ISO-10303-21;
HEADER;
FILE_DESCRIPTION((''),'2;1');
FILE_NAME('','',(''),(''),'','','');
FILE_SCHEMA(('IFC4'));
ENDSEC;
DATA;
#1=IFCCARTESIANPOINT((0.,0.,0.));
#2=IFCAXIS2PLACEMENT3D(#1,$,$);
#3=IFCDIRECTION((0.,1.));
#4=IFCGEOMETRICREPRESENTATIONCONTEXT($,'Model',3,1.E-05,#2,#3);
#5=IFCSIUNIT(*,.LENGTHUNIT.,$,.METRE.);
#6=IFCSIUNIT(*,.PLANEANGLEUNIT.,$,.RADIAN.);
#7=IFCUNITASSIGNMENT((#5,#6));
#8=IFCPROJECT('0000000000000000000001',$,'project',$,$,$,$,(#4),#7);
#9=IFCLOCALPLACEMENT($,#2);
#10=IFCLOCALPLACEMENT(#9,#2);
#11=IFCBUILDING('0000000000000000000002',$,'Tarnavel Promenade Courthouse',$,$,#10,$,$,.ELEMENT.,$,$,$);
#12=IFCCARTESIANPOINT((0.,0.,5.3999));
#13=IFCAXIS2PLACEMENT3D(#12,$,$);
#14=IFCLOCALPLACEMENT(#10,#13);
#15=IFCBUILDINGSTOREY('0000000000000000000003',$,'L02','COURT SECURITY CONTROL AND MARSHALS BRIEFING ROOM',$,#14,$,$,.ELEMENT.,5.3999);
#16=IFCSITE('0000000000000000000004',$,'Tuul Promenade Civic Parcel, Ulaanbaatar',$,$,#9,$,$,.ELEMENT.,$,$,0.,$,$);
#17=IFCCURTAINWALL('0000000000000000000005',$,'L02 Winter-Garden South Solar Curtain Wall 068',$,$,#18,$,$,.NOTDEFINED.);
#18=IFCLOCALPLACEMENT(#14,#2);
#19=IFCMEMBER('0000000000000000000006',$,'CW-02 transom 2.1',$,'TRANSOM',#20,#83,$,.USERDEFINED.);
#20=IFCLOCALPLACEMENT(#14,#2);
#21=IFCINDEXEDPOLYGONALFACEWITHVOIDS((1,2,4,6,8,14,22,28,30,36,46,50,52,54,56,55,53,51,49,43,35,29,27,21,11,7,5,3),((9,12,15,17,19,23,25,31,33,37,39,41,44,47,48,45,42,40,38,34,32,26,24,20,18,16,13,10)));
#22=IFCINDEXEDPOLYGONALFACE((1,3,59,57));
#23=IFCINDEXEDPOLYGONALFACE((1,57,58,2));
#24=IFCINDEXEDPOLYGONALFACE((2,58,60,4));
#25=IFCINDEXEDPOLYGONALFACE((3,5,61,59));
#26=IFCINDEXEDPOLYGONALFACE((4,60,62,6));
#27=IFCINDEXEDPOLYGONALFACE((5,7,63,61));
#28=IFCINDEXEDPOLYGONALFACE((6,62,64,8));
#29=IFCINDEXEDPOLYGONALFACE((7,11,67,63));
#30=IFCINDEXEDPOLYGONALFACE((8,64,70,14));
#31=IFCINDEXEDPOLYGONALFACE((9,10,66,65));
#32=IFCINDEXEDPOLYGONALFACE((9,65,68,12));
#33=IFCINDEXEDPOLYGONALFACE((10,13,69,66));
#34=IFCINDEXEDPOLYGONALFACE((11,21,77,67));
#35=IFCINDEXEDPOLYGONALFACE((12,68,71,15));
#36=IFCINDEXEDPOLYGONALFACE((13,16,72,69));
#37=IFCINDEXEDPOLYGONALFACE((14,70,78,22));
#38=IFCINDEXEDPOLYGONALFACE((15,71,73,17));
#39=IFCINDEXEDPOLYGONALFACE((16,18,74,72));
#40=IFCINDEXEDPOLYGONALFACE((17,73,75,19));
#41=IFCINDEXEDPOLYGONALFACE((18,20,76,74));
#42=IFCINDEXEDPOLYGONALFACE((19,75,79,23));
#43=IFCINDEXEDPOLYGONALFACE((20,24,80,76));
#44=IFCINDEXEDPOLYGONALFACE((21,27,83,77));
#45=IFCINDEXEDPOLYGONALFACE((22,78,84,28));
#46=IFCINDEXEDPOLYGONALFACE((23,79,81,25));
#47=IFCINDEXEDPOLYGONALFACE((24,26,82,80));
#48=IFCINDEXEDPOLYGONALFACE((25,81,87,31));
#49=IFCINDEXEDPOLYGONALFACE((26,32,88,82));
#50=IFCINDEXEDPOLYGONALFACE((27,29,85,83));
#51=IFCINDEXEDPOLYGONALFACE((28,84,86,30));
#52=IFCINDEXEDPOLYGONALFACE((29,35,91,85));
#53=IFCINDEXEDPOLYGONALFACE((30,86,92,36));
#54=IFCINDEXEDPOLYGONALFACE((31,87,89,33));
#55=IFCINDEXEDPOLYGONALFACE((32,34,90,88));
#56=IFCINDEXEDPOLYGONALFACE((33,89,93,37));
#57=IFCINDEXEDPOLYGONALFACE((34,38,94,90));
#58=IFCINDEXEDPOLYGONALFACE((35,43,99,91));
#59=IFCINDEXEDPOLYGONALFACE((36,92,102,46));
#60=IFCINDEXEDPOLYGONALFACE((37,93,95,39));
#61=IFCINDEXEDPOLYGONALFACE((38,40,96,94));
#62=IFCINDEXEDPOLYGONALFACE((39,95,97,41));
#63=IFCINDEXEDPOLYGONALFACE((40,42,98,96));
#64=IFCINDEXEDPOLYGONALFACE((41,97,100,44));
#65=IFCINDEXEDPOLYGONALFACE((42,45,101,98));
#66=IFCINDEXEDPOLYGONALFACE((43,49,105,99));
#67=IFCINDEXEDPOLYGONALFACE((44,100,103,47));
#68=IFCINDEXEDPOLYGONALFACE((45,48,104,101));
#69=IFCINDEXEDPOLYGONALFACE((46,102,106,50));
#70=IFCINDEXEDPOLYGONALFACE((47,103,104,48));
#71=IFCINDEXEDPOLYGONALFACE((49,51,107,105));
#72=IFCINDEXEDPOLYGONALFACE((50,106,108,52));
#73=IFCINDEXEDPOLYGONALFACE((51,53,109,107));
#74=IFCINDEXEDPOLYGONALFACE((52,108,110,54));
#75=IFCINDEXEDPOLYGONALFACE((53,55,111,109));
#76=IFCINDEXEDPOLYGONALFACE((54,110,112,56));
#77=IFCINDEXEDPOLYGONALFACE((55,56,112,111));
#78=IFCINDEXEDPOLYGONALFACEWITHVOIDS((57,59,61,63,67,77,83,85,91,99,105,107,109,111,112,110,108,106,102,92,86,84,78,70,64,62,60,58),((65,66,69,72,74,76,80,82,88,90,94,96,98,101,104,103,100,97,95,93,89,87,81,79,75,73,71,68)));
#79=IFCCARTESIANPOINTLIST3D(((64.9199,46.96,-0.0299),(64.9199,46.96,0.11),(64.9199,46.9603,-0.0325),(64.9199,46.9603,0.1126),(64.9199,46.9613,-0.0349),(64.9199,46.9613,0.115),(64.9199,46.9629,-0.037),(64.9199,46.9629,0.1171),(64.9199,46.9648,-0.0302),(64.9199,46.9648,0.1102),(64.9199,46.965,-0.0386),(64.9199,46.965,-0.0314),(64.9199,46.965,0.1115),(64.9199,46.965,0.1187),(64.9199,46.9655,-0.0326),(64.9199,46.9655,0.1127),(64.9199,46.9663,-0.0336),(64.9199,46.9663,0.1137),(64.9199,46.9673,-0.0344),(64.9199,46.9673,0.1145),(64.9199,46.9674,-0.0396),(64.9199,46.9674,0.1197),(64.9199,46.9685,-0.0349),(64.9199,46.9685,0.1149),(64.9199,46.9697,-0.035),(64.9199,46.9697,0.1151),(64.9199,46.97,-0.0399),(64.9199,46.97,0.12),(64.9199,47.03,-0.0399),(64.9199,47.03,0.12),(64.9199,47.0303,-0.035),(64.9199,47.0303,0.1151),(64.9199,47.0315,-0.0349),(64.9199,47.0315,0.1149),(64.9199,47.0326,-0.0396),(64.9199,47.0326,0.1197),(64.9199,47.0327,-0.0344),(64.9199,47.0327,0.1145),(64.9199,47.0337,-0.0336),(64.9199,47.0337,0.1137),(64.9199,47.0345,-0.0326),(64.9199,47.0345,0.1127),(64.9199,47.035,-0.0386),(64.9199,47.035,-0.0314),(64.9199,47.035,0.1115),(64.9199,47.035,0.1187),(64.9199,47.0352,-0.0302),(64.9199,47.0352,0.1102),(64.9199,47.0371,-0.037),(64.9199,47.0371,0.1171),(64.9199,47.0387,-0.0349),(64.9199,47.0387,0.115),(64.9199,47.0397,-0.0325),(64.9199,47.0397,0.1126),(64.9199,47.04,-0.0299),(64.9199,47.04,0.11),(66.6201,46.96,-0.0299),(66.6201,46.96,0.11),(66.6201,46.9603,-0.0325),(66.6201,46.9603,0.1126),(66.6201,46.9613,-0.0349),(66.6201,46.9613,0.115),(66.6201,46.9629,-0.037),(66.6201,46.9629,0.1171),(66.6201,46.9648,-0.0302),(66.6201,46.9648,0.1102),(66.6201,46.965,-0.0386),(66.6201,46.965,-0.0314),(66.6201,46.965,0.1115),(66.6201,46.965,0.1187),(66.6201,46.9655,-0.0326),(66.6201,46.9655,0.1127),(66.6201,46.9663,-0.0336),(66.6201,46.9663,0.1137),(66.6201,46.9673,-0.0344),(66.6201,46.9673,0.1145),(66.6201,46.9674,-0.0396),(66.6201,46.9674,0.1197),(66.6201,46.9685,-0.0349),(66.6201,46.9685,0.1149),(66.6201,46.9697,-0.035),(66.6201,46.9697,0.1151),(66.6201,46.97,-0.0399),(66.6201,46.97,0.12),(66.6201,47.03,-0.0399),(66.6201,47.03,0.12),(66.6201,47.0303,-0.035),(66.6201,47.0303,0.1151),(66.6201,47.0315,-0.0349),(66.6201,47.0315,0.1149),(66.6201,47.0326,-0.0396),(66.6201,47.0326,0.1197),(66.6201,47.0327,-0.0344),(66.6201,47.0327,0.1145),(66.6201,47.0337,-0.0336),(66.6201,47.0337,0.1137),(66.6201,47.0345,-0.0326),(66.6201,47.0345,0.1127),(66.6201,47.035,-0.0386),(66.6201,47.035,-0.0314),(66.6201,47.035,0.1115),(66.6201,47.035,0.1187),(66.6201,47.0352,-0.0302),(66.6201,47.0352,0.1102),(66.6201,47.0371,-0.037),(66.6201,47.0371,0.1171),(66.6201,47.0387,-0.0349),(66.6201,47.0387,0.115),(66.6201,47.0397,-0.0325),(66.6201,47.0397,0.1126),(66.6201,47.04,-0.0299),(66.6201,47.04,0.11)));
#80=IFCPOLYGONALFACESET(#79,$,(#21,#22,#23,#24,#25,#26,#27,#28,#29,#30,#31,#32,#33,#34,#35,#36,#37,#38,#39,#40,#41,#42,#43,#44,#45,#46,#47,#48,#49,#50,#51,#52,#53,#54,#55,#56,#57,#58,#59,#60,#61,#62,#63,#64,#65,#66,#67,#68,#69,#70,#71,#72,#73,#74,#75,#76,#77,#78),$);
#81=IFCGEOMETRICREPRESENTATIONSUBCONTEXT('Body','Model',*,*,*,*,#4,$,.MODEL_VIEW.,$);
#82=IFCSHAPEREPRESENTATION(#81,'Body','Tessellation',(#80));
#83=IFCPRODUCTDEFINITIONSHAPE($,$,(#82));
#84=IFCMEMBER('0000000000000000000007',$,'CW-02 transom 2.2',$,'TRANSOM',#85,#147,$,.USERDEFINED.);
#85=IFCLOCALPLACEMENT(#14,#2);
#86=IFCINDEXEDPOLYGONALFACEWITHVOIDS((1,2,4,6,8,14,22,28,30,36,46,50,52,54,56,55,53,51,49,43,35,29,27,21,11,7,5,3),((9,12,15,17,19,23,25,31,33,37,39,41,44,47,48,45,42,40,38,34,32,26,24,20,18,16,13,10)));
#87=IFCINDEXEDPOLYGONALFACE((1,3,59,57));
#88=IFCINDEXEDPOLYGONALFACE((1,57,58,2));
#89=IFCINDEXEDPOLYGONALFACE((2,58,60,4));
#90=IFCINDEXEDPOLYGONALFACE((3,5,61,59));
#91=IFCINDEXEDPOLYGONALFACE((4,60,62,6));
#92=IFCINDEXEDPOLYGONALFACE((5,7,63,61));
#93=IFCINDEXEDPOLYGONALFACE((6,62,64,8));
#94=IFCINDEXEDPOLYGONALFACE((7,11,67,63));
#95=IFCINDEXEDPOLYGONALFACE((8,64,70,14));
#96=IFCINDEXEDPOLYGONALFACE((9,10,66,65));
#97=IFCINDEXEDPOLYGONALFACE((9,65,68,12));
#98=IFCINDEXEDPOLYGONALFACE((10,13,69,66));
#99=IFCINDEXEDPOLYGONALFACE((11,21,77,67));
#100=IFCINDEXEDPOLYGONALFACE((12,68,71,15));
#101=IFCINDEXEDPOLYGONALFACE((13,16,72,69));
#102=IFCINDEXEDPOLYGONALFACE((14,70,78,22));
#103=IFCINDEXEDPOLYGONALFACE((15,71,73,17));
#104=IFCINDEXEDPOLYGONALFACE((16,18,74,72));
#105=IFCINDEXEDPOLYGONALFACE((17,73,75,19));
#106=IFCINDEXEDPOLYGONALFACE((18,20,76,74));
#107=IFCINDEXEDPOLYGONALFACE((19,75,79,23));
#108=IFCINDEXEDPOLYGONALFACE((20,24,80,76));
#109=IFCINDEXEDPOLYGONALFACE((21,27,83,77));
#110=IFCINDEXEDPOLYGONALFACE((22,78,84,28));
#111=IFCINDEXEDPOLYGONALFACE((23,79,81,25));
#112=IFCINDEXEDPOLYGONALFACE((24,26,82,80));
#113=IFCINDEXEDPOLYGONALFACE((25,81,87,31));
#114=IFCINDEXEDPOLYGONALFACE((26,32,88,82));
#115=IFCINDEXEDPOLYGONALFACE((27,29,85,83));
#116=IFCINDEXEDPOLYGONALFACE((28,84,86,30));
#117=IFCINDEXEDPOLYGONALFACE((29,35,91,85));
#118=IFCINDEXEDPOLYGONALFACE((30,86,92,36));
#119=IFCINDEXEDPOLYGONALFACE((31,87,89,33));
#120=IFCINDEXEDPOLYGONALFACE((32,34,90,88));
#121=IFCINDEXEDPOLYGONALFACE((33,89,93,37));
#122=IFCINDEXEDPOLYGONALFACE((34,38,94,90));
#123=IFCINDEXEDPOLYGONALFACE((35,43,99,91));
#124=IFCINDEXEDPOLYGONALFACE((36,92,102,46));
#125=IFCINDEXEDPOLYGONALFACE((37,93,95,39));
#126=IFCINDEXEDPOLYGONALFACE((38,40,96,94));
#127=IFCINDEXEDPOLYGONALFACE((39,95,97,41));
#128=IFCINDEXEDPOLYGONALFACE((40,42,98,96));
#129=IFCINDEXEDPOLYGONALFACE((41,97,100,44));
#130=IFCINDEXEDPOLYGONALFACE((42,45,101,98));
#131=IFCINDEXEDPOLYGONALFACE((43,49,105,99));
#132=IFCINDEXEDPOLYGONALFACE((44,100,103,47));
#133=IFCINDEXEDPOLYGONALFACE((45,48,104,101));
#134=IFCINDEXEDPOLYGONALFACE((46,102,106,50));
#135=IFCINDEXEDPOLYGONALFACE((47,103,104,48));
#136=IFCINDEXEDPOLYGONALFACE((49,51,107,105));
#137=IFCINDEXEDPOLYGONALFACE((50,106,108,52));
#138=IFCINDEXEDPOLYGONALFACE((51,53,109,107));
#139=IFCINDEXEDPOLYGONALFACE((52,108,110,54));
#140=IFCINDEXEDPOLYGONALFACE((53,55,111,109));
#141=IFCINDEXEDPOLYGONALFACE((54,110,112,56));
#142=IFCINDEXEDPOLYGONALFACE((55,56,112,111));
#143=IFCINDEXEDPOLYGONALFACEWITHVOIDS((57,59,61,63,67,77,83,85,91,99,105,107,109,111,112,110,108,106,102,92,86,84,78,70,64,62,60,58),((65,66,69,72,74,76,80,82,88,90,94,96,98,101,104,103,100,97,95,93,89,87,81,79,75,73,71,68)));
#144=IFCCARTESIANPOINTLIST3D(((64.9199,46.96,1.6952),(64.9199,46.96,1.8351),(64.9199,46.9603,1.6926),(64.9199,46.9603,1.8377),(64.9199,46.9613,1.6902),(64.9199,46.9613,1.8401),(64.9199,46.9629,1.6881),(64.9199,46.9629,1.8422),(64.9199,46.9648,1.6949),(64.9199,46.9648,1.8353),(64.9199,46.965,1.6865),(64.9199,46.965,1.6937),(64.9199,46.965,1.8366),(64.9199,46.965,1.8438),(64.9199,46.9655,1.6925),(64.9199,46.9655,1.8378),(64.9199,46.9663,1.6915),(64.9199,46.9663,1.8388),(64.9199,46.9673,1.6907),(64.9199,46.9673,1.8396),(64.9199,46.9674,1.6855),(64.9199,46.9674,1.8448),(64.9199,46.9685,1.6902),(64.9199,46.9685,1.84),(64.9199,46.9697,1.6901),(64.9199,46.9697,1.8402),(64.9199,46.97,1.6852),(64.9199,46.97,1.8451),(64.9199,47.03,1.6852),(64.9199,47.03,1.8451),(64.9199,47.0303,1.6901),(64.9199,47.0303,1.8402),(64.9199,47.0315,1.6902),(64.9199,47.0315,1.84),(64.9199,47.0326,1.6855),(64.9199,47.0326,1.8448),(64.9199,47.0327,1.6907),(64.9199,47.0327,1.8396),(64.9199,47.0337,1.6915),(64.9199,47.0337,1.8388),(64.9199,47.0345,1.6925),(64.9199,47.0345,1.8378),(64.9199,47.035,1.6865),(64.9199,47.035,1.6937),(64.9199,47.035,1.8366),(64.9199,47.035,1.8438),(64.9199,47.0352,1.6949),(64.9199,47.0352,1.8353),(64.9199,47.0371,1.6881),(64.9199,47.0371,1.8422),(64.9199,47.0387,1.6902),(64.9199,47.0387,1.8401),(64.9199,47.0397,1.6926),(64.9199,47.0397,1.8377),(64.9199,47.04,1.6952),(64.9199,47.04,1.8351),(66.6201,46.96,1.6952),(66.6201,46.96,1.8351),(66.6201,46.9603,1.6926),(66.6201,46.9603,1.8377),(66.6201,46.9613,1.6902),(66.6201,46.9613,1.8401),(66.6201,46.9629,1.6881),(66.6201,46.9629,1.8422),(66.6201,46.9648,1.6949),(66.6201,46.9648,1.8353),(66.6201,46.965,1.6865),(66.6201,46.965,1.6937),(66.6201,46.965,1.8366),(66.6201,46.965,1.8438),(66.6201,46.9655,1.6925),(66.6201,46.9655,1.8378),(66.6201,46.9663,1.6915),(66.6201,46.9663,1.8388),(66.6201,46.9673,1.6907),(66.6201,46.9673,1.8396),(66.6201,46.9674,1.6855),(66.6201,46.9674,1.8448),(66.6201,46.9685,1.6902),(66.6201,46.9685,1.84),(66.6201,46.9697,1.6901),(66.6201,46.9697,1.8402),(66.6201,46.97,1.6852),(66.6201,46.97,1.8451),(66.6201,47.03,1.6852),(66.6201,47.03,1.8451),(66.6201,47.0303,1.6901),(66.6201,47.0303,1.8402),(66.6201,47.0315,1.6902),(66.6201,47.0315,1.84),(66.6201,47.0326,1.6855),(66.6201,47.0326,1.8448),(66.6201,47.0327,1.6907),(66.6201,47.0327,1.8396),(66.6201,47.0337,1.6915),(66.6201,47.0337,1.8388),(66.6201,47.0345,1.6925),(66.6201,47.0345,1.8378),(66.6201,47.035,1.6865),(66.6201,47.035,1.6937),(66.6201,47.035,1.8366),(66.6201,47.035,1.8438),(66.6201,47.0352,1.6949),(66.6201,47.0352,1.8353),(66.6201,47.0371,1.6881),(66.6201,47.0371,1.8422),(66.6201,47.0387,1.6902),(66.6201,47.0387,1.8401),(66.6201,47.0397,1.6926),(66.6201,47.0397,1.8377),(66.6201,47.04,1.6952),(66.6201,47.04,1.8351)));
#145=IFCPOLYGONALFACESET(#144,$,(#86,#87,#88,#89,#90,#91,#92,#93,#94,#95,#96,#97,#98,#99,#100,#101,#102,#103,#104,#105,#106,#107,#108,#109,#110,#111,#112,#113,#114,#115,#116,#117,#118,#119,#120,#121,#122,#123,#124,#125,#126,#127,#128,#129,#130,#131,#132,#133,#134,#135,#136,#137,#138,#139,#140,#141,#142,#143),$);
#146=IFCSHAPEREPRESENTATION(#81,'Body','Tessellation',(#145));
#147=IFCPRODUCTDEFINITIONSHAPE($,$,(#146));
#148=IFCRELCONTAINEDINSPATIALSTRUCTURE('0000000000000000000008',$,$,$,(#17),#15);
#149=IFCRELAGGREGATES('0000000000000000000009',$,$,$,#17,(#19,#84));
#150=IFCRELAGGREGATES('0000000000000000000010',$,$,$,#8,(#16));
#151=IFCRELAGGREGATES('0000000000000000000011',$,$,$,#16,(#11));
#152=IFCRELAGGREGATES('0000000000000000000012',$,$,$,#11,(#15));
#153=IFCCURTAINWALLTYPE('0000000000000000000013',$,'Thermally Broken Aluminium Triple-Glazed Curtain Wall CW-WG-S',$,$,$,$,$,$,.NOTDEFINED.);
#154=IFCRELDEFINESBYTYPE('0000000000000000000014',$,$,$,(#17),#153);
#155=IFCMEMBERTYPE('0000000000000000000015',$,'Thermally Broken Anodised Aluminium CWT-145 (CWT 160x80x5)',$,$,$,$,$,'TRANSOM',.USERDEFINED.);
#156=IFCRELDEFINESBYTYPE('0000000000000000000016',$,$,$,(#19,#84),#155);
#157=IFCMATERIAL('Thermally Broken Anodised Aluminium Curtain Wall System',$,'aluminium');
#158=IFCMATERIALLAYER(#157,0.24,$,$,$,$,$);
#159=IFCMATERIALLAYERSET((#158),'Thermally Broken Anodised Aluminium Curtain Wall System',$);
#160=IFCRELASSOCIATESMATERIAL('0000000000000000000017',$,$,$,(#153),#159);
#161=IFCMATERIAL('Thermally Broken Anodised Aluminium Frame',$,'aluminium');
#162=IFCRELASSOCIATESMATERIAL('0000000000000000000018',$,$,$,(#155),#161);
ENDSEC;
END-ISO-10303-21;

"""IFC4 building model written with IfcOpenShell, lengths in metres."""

from ifc_helpers import new_model, si_unit, direction, frame, origin, origin_2d, place, context, subcontext, project, spatial, hollow_rectangle, extrude, material, layer, layer_set, material_profile, profile_set, type_object, element, aggregate, save


model = new_model("IFC4")

# Units and contexts
model_context = context("Model", 3, precision=1e-05, world=origin(), true_north=direction((0.0, 1.0)))
body_context = subcontext(model_context, "Body", "Model", "MODEL_VIEW")
ifc_project = project(units=[si_unit("LENGTHUNIT", "METRE"), si_unit("PLANEANGLEUNIT", "RADIAN")], contexts=[model_context])

# Site, building, storey
site_placement = place(None, origin())
site = spatial("IfcSite", under=ifc_project, at=site_placement, Name="Tuul Promenade Civic Parcel, Ulaanbaatar", CompositionType="ELEMENT", RefElevation=0.0)
building_placement = place(site_placement, origin())
building = spatial("IfcBuilding", under=site, at=building_placement, Name="Tarnavel Promenade Courthouse", CompositionType="ELEMENT")
storey_placement = place(building_placement, frame((0.0, 0.0, 5.3999)))
storey = spatial("IfcBuildingStorey", under=building, at=storey_placement, Name="L02", Description="COURT SECURITY CONTROL AND MARSHALS BRIEFING ROOM", CompositionType="ELEMENT", Elevation=5.3999)

# Curtain wall, members
ifc_material_1 = material(Name="Thermally Broken Anodised Aluminium Curtain Wall System", Category="aluminium")
ifc_layer_1 = layer(ifc_material_1, 0.24)
ifc_layer_set_1 = layer_set([ifc_layer_1], Name="Thermally Broken Anodised Aluminium Curtain Wall System")
curtain_wall_type = type_object("IfcCurtainWallType", Name="Thermally Broken Aluminium Triple-Glazed Curtain Wall CW-WG-S", PredefinedType="NOTDEFINED", material=ifc_layer_set_1)
curtain_wall_placement = place(storey_placement, origin())
curtain_wall = element("IfcCurtainWall", 1, at=curtain_wall_placement, inside=storey, type_object=curtain_wall_type, Name="L02 Winter-Garden South Solar Curtain Wall 068", PredefinedType="NOTDEFINED")
ifc_material_2 = material(Name="Thermally Broken Anodised Aluminium Frame", Category="aluminium")
ifc_material_profile_1 = material_profile(ifc_material_2, hollow_rectangle(XDim=0.0801, YDim=0.1599, WallThickness=0.0049, InnerFilletRadius=0.0049, OuterFilletRadius=0.01, at=origin_2d()), Name="CWT 160x80x5")
ifc_profile_set_1 = profile_set([ifc_material_profile_1], Name="Thermally Broken Anodised Aluminium Frame")
member_type_1 = type_object("IfcMemberType", Name="Thermally Broken Anodised Aluminium CWT-145 (CWT 160x80x5)", ElementType="TRANSOM", PredefinedType="USERDEFINED", material=ifc_profile_set_1)
member_1_placement = place(storey_placement, frame((64.9199, 47.0, 0.04), z_axis=(1.0, 0.0, 0.0), x_axis=(0.0, 1.0, 0.0)))
member_1 = element("IfcMember", 2, at=member_1_placement, type_object=member_type_1, Name="CW-02 transom 2.1", ObjectType="TRANSOM", PredefinedType="USERDEFINED", context=body_context, shape_type="SweptSolid", body=[
    extrude(hollow_rectangle(XDim=0.0801, YDim=0.1599, WallThickness=0.0049, InnerFilletRadius=0.0049, OuterFilletRadius=0.01, at=origin_2d()), origin(), (0.0, 0.0, 1.0), 1.7002),
])
member_2_placement = place(storey_placement, frame((64.9199, 47.0, 1.7651), z_axis=(1.0, 0.0, 0.0), x_axis=(0.0, 1.0, 0.0)))
member_2 = element("IfcMember", 3, at=member_2_placement, type_object=member_type_1, Name="CW-02 transom 2.2", ObjectType="TRANSOM", PredefinedType="USERDEFINED", context=body_context, shape_type="SweptSolid", body=[
    extrude(hollow_rectangle(XDim=0.0801, YDim=0.1599, WallThickness=0.0049, InnerFilletRadius=0.0049, OuterFilletRadius=0.01, at=origin_2d()), origin(), (0.0, 0.0, 1.0), 1.7002),
])
aggregate(curtain_wall, [member_1, member_2])

save(model, "model.ifc")
